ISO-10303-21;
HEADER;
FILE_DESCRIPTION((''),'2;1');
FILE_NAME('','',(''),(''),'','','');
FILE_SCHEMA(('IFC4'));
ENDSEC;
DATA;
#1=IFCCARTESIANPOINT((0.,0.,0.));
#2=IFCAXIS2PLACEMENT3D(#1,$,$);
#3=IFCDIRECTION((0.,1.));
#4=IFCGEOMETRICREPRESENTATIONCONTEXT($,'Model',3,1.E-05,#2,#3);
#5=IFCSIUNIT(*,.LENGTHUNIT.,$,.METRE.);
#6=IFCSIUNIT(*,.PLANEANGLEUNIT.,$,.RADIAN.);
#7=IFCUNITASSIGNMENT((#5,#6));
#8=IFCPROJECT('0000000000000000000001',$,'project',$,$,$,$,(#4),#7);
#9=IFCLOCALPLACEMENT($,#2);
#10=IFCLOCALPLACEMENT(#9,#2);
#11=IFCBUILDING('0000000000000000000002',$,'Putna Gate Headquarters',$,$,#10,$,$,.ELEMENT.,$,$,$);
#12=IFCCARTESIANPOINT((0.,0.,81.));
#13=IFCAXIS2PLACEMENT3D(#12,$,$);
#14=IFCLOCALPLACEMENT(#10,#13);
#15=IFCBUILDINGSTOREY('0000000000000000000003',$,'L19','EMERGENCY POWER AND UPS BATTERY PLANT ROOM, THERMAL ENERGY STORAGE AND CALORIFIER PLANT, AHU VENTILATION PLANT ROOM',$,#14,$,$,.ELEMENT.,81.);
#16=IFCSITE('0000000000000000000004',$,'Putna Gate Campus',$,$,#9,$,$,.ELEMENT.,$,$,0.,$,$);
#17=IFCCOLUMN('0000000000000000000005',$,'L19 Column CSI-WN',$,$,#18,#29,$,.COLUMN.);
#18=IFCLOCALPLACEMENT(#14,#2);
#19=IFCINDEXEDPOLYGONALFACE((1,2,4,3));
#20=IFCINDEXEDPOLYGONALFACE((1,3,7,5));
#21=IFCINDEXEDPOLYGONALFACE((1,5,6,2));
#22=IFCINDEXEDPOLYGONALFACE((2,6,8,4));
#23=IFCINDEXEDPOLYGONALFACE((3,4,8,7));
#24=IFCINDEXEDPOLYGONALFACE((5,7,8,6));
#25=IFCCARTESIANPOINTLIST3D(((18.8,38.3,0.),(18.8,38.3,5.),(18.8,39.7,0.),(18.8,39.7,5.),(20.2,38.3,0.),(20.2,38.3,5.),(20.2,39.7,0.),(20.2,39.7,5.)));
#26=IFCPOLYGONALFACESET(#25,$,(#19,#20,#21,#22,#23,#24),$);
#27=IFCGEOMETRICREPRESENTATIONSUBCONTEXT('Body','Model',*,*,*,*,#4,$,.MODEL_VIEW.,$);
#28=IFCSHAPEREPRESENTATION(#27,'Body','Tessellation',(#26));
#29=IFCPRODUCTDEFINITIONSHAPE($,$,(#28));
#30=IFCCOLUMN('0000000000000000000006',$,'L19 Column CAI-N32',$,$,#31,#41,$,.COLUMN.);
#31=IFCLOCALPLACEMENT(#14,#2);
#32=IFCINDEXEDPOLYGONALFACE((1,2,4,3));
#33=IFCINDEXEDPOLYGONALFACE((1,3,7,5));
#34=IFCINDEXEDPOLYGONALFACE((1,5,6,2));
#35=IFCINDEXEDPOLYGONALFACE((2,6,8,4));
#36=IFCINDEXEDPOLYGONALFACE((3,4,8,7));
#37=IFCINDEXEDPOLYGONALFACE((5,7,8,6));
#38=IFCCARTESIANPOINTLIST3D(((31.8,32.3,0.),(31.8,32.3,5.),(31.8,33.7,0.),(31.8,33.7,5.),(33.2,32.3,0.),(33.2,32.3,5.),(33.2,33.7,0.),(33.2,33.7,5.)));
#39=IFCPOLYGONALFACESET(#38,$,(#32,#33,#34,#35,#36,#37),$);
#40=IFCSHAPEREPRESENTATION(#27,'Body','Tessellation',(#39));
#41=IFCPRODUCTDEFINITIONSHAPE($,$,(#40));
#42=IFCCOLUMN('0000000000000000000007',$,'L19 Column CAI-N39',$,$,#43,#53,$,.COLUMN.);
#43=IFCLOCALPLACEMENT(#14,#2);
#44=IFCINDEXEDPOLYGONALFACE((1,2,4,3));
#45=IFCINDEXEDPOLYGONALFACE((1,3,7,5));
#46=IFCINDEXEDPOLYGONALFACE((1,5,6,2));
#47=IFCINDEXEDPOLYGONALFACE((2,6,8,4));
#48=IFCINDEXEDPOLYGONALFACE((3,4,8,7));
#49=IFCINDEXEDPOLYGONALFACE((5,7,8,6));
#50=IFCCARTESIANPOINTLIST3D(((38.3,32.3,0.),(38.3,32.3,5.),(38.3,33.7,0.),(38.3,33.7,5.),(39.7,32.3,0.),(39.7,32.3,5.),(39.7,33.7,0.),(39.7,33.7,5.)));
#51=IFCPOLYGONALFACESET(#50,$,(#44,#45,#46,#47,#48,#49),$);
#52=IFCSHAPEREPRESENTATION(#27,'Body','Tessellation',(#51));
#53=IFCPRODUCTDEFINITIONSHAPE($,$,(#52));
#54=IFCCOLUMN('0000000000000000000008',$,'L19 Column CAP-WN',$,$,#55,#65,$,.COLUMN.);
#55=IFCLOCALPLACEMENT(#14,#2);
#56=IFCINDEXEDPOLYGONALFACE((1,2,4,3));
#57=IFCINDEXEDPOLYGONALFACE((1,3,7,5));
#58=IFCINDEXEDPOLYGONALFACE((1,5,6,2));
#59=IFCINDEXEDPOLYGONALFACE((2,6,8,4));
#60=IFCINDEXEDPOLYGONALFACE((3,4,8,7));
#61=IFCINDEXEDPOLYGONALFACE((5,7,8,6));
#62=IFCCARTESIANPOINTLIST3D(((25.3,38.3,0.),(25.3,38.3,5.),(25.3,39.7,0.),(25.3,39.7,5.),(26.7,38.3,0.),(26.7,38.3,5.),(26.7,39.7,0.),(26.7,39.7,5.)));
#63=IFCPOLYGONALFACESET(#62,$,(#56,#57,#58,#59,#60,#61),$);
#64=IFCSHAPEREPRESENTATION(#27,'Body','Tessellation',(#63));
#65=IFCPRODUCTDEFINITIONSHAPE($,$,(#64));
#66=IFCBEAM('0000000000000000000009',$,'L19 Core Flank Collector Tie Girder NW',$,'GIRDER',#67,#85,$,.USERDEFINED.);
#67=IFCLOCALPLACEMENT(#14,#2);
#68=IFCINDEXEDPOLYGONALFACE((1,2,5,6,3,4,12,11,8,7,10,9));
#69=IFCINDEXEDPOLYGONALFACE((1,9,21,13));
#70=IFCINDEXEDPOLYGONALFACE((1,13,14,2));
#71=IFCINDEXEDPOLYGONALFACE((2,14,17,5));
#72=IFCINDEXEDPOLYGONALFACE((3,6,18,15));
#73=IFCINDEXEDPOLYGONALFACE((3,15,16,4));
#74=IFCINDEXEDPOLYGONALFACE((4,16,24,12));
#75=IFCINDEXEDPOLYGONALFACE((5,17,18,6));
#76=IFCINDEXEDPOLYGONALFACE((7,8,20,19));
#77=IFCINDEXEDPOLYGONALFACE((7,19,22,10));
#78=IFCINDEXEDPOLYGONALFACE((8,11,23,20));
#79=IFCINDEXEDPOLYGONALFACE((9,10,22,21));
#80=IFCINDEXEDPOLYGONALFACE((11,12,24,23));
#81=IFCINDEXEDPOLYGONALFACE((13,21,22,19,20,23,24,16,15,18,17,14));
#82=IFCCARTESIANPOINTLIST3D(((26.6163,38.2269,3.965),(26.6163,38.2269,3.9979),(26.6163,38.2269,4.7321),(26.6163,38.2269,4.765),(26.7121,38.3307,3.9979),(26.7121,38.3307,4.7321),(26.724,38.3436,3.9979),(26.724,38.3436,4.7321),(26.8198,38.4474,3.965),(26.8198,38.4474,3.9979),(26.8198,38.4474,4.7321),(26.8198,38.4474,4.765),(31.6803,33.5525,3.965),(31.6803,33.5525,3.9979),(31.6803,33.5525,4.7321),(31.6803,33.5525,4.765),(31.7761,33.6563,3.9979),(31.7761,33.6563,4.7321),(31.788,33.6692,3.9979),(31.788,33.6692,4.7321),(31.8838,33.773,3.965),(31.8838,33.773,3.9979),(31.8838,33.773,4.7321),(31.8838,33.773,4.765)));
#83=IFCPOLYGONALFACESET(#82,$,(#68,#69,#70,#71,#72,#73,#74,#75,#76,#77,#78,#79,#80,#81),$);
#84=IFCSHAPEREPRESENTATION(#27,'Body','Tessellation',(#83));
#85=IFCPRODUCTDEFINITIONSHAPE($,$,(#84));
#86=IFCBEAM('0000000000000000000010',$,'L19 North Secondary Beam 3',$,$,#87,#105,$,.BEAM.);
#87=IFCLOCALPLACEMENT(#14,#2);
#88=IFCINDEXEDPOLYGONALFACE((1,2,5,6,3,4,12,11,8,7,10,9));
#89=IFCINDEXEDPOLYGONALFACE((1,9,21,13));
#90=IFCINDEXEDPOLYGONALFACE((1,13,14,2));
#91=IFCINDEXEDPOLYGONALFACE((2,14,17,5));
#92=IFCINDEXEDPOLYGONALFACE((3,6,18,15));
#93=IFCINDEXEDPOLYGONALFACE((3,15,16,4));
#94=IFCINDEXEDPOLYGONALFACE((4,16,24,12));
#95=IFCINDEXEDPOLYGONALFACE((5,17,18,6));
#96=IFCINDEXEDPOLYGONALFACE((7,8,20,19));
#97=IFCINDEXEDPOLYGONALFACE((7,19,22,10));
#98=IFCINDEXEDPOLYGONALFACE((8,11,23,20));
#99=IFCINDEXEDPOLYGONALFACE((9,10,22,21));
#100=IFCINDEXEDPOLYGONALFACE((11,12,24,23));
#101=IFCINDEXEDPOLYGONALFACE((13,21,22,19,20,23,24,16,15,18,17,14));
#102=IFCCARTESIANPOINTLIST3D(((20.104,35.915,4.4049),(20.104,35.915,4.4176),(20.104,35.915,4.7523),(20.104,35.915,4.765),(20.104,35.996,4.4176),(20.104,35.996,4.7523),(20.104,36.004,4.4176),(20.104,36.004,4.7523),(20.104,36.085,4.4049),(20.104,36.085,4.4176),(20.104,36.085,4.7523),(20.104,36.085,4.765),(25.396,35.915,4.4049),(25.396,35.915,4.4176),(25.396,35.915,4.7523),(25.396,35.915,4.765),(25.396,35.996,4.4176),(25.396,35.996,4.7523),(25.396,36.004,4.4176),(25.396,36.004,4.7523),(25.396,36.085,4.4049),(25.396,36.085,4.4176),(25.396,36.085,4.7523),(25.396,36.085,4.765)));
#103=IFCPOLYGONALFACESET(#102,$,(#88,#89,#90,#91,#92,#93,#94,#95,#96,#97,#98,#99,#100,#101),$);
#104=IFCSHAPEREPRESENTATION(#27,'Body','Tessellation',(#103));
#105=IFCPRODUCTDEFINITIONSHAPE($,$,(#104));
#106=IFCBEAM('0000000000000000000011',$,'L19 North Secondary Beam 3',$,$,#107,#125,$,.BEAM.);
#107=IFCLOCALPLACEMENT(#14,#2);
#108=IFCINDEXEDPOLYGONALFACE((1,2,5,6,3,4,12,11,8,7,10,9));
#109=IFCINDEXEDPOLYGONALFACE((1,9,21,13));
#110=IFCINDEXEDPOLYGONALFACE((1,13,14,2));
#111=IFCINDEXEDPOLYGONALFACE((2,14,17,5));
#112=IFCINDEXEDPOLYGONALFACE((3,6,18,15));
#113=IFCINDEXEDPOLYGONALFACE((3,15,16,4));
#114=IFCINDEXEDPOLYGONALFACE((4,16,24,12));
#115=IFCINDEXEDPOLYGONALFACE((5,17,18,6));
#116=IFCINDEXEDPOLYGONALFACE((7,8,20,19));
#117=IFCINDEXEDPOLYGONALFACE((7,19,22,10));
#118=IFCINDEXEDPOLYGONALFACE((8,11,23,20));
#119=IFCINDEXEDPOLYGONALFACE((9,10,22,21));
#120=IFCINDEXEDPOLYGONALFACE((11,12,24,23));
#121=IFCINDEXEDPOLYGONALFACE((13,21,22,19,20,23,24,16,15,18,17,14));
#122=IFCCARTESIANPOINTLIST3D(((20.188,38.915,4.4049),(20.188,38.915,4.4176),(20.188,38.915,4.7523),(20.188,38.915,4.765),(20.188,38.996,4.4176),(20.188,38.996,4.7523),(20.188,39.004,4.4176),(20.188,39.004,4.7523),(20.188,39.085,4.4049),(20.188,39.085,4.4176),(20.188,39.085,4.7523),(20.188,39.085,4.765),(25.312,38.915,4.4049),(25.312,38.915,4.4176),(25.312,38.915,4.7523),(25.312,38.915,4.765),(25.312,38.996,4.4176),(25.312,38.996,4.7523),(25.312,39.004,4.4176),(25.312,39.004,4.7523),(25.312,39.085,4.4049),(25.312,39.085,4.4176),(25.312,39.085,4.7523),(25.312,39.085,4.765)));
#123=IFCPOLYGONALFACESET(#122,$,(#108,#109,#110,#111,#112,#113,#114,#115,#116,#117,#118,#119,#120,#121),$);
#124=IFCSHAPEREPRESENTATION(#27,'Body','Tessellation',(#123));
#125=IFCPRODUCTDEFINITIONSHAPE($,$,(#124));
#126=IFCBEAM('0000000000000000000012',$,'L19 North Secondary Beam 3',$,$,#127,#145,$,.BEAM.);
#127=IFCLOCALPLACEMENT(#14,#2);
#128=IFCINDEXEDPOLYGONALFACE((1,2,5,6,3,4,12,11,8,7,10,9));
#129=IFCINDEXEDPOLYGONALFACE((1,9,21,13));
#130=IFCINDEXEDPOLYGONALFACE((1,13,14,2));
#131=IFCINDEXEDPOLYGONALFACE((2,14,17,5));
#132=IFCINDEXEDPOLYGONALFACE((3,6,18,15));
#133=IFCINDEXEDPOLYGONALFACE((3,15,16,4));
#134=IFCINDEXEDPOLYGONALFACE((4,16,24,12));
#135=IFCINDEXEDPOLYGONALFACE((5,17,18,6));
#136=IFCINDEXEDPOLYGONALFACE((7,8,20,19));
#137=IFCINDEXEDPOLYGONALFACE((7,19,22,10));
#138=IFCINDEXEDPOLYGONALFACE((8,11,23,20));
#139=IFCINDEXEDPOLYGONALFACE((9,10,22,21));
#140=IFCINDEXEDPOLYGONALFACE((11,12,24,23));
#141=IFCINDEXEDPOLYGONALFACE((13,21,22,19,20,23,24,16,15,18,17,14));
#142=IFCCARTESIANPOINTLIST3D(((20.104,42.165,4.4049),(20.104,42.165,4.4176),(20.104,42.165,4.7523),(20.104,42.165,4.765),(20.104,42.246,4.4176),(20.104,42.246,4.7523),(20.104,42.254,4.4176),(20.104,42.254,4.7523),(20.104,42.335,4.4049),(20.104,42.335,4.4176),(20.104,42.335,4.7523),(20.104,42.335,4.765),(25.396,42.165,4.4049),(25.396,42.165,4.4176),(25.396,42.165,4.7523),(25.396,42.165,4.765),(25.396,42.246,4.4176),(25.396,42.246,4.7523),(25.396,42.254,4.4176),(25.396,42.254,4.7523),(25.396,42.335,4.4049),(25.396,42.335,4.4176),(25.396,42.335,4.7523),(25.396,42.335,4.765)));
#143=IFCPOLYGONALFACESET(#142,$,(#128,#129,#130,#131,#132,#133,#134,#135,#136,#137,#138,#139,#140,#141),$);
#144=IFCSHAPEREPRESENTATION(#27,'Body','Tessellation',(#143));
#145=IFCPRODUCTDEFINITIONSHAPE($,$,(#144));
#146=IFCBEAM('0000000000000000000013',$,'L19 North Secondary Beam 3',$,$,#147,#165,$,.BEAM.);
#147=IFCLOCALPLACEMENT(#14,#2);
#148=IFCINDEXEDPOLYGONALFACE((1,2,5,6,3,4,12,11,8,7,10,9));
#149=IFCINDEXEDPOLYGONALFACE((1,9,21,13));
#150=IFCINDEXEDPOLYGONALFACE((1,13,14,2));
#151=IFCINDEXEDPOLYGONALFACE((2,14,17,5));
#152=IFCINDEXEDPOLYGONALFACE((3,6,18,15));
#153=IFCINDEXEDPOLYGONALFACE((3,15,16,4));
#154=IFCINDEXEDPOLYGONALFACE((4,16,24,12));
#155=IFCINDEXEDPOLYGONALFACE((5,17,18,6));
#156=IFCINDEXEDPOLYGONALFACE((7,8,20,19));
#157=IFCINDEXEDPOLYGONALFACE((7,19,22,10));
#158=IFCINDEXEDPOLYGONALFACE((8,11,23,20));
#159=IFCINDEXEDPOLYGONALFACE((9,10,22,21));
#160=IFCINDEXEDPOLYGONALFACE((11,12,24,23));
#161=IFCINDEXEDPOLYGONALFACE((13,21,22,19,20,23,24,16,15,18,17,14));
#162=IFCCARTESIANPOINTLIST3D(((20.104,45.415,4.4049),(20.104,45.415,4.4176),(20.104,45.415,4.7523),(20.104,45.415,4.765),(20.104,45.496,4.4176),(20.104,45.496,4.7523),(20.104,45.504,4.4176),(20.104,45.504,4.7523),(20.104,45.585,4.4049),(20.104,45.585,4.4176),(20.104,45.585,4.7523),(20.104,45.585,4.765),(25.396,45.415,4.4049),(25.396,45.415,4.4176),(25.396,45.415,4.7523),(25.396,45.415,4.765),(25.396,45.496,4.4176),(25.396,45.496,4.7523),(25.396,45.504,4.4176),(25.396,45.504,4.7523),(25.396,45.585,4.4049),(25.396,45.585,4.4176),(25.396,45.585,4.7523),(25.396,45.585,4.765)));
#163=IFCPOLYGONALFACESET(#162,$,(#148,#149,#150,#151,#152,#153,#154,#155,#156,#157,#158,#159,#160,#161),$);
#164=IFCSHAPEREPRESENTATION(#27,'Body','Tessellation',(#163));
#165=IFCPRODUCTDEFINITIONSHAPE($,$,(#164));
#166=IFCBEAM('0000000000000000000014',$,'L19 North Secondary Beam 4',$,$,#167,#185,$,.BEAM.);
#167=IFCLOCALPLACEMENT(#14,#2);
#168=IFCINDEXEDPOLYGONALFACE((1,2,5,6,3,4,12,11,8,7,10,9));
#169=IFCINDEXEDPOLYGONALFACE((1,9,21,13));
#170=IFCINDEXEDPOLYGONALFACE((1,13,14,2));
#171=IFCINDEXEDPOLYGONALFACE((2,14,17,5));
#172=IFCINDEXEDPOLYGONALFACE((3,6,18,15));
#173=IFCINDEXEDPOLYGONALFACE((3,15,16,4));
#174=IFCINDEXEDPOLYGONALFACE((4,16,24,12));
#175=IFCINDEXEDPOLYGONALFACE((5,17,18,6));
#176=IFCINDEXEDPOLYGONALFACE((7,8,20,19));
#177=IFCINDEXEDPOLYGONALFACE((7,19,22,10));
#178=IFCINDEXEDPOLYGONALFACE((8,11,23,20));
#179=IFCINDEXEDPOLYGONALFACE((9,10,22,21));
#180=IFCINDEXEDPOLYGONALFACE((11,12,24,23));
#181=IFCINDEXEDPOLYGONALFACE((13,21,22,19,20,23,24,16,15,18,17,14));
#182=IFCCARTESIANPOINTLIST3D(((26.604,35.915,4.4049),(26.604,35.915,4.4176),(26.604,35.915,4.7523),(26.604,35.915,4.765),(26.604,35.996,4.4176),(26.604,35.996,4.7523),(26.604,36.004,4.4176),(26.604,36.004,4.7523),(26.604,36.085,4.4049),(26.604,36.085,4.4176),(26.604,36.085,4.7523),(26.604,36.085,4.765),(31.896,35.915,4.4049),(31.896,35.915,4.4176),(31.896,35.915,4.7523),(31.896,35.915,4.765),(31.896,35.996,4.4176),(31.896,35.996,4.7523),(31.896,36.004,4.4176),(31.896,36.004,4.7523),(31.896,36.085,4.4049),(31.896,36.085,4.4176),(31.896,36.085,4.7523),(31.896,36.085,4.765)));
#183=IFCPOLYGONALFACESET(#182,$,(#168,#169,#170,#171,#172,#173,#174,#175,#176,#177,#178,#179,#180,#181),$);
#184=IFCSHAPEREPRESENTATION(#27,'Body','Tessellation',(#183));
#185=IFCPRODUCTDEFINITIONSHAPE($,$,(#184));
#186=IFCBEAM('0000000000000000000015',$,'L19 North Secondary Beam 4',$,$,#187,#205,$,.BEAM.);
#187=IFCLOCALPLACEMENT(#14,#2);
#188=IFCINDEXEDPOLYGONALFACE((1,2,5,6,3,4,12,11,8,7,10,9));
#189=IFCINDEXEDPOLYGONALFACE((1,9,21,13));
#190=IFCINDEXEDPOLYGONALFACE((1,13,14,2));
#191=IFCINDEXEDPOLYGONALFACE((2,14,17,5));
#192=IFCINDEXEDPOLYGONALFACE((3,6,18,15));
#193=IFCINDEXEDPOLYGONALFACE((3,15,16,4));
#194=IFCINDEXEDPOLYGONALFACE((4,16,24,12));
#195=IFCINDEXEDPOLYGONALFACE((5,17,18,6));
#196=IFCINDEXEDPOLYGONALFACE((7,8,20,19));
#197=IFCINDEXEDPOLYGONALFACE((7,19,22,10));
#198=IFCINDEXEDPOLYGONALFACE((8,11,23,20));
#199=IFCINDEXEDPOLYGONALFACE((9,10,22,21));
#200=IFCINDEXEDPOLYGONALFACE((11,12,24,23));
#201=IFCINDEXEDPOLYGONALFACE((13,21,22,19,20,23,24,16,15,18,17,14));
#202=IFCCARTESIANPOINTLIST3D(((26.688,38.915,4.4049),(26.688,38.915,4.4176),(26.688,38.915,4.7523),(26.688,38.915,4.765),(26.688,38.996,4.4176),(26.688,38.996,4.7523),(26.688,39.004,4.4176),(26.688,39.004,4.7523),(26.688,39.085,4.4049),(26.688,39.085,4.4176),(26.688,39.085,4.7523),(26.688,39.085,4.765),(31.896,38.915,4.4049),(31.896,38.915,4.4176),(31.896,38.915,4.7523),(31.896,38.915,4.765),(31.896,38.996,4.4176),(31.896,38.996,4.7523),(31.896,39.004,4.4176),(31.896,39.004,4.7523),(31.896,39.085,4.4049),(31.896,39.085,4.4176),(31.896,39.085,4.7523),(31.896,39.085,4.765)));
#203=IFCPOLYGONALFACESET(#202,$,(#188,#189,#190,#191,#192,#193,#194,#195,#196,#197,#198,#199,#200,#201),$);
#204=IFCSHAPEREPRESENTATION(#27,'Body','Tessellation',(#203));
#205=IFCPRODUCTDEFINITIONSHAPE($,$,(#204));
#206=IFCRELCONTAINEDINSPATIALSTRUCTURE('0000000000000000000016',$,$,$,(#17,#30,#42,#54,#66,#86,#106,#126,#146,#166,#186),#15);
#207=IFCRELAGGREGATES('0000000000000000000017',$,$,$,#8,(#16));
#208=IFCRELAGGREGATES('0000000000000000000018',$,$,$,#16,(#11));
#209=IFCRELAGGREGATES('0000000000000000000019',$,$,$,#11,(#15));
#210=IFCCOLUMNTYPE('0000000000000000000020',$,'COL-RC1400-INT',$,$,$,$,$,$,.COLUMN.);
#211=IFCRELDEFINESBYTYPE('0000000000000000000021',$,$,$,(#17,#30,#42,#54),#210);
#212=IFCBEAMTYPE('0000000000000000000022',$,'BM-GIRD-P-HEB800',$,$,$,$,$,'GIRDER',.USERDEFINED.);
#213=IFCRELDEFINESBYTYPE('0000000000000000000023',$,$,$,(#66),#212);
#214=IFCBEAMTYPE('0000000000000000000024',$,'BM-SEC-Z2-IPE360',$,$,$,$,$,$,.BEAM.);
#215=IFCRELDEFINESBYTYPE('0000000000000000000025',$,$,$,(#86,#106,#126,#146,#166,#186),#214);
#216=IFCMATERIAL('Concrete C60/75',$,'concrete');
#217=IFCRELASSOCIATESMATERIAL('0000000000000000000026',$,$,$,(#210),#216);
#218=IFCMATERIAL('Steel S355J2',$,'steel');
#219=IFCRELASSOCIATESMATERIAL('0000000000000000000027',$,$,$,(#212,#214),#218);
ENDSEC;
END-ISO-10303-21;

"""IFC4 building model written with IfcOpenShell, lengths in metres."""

from ifc_helpers import new_model, si_unit, direction, frame, origin, origin_2d, place, context, subcontext, project, spatial, rectangle, i_section, extrude, material, material_profile, profile_set, type_object, element, save


model = new_model("IFC4")

# Units and contexts
model_context = context("Model", 3, precision=1e-05, world=origin(), true_north=direction((0.0, 1.0)))
body_context = subcontext(model_context, "Body", "Model", "MODEL_VIEW")
ifc_project = project(units=[si_unit("LENGTHUNIT", "METRE"), si_unit("PLANEANGLEUNIT", "RADIAN")], contexts=[model_context])

# Site, building, storey
site_placement = place(None, origin())
site = spatial("IfcSite", under=ifc_project, at=site_placement, Name="Putna Gate Campus", CompositionType="ELEMENT", RefElevation=0.0)
building_placement = place(site_placement, origin())
building = spatial("IfcBuilding", under=site, at=building_placement, Name="Putna Gate Headquarters", CompositionType="ELEMENT")
storey_placement = place(building_placement, frame((0.0, 0.0, 81.0)))
storey = spatial("IfcBuildingStorey", under=building, at=storey_placement, Name="L19", Description="EMERGENCY POWER AND UPS BATTERY PLANT ROOM, THERMAL ENERGY STORAGE AND CALORIFIER PLANT, AHU VENTILATION PLANT ROOM", CompositionType="ELEMENT", Elevation=81.0)

# Columns
ifc_material_1 = material(Name="Concrete C60/75", Category="concrete")
ifc_material_profile_1 = material_profile(ifc_material_1, rectangle(XDim=1.3999, YDim=1.3999, at=origin_2d()), Name="Concrete C60/75")
ifc_profile_set_1 = profile_set([ifc_material_profile_1], Name="Concrete C60/75")
column_type = type_object("IfcColumnType", Name="COL-RC1400-INT", PredefinedType="COLUMN", material=ifc_profile_set_1)
for number, where, z_axis, x_axis, name in (
    (1, (19.5, 39.0, 0.0), (0.0, 0.0, 1.0), (1.0, 0.0, 0.0), "L19 Column CSI-WN"),
    (2, (32.5, 33.0, 0.0), (0.0, 0.0, 1.0), (1.0, 0.0, 0.0), "L19 Column CAI-N32"),
    (3, (39.0, 33.0, 0.0), (0.0, 0.0, 1.0), (1.0, 0.0, 0.0), "L19 Column CAI-N39"),
    (4, (26.0, 39.0, 0.0), (0.0, 0.0, 1.0), (1.0, 0.0, 0.0), "L19 Column CAP-WN"),
):
    element("IfcColumn", number, at=place(storey_placement, frame(where, z_axis=z_axis, x_axis=x_axis)), inside=storey, type_object=column_type, Name=name, PredefinedType="COLUMN", context=body_context, shape_type="SweptSolid", body=[
        extrude(rectangle(XDim=1.3999, YDim=1.3999, at=origin_2d()), origin(), (0.0, 0.0, 1.0), 5.0),
    ])

# Beams
ifc_material_2 = material(Name="Steel S355J2", Category="steel")
ifc_material_profile_2 = material_profile(ifc_material_2, i_section(OverallWidth=0.3, OverallDepth=0.8, WebThickness=0.0176, FlangeThickness=0.033, at=origin_2d()), Name="Steel S355J2")
ifc_profile_set_2 = profile_set([ifc_material_profile_2], Name="Steel S355J2")
beam_type_1 = type_object("IfcBeamType", Name="BM-GIRD-P-HEB800", ElementType="GIRDER", PredefinedType="USERDEFINED", material=ifc_profile_set_2)
beam_1_placement = place(storey_placement, frame((26.718, 38.3372, 4.365), z_axis=(0.734812, -0.678271, 0.0), x_axis=(0.678271, 0.734812, 0.0)))
element("IfcBeam", 5, at=beam_1_placement, inside=storey, type_object=beam_type_1, Name="L19 Core Flank Collector Tie Girder NW", ObjectType="GIRDER", PredefinedType="USERDEFINED", context=body_context, shape_type="SweptSolid", body=[
    extrude(i_section(OverallWidth=0.3, OverallDepth=0.8, WebThickness=0.0176, FlangeThickness=0.033, at=origin_2d()), origin(), (0.0, 0.0, 1.0), 6.8916),
])
ifc_material_profile_3 = material_profile(ifc_material_2, i_section(OverallWidth=0.1699, OverallDepth=0.3601, WebThickness=0.0081, FlangeThickness=0.0127, at=origin_2d()), Name="Steel S355J2")
ifc_profile_set_3 = profile_set([ifc_material_profile_3], Name="Steel S355J2")
beam_type_2 = type_object("IfcBeamType", Name="BM-SEC-Z2-IPE360", PredefinedType="BEAM", material=ifc_profile_set_3)
beam_2_placement = place(storey_placement, frame((20.104, 36.0, 4.585), z_axis=(1.0, 0.0, 0.0), x_axis=(0.0, 1.0, 0.0)))
element("IfcBeam", 6, at=beam_2_placement, inside=storey, type_object=beam_type_2, Name="L19 North Secondary Beam 3", PredefinedType="BEAM", context=body_context, shape_type="SweptSolid", body=[
    extrude(i_section(OverallWidth=0.1699, OverallDepth=0.3601, WebThickness=0.0081, FlangeThickness=0.0127, at=origin_2d()), origin(), (0.0, 0.0, 1.0), 5.292),
])
beam_3_placement = place(storey_placement, frame((20.188, 39.0, 4.585), z_axis=(1.0, 0.0, 0.0), x_axis=(0.0, 1.0, 0.0)))
element("IfcBeam", 7, at=beam_3_placement, inside=storey, type_object=beam_type_2, Name="L19 North Secondary Beam 3", PredefinedType="BEAM", context=body_context, shape_type="SweptSolid", body=[
    extrude(i_section(OverallWidth=0.1699, OverallDepth=0.3601, WebThickness=0.0081, FlangeThickness=0.0127, at=origin_2d()), origin(), (0.0, 0.0, 1.0), 5.124),
])
for number, where, z_axis, x_axis, name in (
    (8, (20.104, 42.25, 4.585), (1.0, 0.0, 0.0), (0.0, 1.0, 0.0), "L19 North Secondary Beam 3"),
    (9, (20.104, 45.5, 4.585), (1.0, 0.0, 0.0), (0.0, 1.0, 0.0), "L19 North Secondary Beam 3"),
    (10, (26.604, 36.0, 4.585), (1.0, 0.0, 0.0), (0.0, 1.0, 0.0), "L19 North Secondary Beam 4"),
):
    element("IfcBeam", number, at=place(storey_placement, frame(where, z_axis=z_axis, x_axis=x_axis)), inside=storey, type_object=beam_type_2, Name=name, PredefinedType="BEAM", context=body_context, shape_type="SweptSolid", body=[
        extrude(i_section(OverallWidth=0.1699, OverallDepth=0.3601, WebThickness=0.0081, FlangeThickness=0.0127, at=origin_2d()), origin(), (0.0, 0.0, 1.0), 5.292),
    ])
beam_4_placement = place(storey_placement, frame((26.688, 39.0, 4.585), z_axis=(1.0, 0.0, 0.0), x_axis=(0.0, 1.0, 0.0)))
element("IfcBeam", 11, at=beam_4_placement, inside=storey, type_object=beam_type_2, Name="L19 North Secondary Beam 4", PredefinedType="BEAM", context=body_context, shape_type="SweptSolid", body=[
    extrude(i_section(OverallWidth=0.1699, OverallDepth=0.3601, WebThickness=0.0081, FlangeThickness=0.0127, at=origin_2d()), origin(), (0.0, 0.0, 1.0), 5.208),
])

save(model, "model.ifc")
